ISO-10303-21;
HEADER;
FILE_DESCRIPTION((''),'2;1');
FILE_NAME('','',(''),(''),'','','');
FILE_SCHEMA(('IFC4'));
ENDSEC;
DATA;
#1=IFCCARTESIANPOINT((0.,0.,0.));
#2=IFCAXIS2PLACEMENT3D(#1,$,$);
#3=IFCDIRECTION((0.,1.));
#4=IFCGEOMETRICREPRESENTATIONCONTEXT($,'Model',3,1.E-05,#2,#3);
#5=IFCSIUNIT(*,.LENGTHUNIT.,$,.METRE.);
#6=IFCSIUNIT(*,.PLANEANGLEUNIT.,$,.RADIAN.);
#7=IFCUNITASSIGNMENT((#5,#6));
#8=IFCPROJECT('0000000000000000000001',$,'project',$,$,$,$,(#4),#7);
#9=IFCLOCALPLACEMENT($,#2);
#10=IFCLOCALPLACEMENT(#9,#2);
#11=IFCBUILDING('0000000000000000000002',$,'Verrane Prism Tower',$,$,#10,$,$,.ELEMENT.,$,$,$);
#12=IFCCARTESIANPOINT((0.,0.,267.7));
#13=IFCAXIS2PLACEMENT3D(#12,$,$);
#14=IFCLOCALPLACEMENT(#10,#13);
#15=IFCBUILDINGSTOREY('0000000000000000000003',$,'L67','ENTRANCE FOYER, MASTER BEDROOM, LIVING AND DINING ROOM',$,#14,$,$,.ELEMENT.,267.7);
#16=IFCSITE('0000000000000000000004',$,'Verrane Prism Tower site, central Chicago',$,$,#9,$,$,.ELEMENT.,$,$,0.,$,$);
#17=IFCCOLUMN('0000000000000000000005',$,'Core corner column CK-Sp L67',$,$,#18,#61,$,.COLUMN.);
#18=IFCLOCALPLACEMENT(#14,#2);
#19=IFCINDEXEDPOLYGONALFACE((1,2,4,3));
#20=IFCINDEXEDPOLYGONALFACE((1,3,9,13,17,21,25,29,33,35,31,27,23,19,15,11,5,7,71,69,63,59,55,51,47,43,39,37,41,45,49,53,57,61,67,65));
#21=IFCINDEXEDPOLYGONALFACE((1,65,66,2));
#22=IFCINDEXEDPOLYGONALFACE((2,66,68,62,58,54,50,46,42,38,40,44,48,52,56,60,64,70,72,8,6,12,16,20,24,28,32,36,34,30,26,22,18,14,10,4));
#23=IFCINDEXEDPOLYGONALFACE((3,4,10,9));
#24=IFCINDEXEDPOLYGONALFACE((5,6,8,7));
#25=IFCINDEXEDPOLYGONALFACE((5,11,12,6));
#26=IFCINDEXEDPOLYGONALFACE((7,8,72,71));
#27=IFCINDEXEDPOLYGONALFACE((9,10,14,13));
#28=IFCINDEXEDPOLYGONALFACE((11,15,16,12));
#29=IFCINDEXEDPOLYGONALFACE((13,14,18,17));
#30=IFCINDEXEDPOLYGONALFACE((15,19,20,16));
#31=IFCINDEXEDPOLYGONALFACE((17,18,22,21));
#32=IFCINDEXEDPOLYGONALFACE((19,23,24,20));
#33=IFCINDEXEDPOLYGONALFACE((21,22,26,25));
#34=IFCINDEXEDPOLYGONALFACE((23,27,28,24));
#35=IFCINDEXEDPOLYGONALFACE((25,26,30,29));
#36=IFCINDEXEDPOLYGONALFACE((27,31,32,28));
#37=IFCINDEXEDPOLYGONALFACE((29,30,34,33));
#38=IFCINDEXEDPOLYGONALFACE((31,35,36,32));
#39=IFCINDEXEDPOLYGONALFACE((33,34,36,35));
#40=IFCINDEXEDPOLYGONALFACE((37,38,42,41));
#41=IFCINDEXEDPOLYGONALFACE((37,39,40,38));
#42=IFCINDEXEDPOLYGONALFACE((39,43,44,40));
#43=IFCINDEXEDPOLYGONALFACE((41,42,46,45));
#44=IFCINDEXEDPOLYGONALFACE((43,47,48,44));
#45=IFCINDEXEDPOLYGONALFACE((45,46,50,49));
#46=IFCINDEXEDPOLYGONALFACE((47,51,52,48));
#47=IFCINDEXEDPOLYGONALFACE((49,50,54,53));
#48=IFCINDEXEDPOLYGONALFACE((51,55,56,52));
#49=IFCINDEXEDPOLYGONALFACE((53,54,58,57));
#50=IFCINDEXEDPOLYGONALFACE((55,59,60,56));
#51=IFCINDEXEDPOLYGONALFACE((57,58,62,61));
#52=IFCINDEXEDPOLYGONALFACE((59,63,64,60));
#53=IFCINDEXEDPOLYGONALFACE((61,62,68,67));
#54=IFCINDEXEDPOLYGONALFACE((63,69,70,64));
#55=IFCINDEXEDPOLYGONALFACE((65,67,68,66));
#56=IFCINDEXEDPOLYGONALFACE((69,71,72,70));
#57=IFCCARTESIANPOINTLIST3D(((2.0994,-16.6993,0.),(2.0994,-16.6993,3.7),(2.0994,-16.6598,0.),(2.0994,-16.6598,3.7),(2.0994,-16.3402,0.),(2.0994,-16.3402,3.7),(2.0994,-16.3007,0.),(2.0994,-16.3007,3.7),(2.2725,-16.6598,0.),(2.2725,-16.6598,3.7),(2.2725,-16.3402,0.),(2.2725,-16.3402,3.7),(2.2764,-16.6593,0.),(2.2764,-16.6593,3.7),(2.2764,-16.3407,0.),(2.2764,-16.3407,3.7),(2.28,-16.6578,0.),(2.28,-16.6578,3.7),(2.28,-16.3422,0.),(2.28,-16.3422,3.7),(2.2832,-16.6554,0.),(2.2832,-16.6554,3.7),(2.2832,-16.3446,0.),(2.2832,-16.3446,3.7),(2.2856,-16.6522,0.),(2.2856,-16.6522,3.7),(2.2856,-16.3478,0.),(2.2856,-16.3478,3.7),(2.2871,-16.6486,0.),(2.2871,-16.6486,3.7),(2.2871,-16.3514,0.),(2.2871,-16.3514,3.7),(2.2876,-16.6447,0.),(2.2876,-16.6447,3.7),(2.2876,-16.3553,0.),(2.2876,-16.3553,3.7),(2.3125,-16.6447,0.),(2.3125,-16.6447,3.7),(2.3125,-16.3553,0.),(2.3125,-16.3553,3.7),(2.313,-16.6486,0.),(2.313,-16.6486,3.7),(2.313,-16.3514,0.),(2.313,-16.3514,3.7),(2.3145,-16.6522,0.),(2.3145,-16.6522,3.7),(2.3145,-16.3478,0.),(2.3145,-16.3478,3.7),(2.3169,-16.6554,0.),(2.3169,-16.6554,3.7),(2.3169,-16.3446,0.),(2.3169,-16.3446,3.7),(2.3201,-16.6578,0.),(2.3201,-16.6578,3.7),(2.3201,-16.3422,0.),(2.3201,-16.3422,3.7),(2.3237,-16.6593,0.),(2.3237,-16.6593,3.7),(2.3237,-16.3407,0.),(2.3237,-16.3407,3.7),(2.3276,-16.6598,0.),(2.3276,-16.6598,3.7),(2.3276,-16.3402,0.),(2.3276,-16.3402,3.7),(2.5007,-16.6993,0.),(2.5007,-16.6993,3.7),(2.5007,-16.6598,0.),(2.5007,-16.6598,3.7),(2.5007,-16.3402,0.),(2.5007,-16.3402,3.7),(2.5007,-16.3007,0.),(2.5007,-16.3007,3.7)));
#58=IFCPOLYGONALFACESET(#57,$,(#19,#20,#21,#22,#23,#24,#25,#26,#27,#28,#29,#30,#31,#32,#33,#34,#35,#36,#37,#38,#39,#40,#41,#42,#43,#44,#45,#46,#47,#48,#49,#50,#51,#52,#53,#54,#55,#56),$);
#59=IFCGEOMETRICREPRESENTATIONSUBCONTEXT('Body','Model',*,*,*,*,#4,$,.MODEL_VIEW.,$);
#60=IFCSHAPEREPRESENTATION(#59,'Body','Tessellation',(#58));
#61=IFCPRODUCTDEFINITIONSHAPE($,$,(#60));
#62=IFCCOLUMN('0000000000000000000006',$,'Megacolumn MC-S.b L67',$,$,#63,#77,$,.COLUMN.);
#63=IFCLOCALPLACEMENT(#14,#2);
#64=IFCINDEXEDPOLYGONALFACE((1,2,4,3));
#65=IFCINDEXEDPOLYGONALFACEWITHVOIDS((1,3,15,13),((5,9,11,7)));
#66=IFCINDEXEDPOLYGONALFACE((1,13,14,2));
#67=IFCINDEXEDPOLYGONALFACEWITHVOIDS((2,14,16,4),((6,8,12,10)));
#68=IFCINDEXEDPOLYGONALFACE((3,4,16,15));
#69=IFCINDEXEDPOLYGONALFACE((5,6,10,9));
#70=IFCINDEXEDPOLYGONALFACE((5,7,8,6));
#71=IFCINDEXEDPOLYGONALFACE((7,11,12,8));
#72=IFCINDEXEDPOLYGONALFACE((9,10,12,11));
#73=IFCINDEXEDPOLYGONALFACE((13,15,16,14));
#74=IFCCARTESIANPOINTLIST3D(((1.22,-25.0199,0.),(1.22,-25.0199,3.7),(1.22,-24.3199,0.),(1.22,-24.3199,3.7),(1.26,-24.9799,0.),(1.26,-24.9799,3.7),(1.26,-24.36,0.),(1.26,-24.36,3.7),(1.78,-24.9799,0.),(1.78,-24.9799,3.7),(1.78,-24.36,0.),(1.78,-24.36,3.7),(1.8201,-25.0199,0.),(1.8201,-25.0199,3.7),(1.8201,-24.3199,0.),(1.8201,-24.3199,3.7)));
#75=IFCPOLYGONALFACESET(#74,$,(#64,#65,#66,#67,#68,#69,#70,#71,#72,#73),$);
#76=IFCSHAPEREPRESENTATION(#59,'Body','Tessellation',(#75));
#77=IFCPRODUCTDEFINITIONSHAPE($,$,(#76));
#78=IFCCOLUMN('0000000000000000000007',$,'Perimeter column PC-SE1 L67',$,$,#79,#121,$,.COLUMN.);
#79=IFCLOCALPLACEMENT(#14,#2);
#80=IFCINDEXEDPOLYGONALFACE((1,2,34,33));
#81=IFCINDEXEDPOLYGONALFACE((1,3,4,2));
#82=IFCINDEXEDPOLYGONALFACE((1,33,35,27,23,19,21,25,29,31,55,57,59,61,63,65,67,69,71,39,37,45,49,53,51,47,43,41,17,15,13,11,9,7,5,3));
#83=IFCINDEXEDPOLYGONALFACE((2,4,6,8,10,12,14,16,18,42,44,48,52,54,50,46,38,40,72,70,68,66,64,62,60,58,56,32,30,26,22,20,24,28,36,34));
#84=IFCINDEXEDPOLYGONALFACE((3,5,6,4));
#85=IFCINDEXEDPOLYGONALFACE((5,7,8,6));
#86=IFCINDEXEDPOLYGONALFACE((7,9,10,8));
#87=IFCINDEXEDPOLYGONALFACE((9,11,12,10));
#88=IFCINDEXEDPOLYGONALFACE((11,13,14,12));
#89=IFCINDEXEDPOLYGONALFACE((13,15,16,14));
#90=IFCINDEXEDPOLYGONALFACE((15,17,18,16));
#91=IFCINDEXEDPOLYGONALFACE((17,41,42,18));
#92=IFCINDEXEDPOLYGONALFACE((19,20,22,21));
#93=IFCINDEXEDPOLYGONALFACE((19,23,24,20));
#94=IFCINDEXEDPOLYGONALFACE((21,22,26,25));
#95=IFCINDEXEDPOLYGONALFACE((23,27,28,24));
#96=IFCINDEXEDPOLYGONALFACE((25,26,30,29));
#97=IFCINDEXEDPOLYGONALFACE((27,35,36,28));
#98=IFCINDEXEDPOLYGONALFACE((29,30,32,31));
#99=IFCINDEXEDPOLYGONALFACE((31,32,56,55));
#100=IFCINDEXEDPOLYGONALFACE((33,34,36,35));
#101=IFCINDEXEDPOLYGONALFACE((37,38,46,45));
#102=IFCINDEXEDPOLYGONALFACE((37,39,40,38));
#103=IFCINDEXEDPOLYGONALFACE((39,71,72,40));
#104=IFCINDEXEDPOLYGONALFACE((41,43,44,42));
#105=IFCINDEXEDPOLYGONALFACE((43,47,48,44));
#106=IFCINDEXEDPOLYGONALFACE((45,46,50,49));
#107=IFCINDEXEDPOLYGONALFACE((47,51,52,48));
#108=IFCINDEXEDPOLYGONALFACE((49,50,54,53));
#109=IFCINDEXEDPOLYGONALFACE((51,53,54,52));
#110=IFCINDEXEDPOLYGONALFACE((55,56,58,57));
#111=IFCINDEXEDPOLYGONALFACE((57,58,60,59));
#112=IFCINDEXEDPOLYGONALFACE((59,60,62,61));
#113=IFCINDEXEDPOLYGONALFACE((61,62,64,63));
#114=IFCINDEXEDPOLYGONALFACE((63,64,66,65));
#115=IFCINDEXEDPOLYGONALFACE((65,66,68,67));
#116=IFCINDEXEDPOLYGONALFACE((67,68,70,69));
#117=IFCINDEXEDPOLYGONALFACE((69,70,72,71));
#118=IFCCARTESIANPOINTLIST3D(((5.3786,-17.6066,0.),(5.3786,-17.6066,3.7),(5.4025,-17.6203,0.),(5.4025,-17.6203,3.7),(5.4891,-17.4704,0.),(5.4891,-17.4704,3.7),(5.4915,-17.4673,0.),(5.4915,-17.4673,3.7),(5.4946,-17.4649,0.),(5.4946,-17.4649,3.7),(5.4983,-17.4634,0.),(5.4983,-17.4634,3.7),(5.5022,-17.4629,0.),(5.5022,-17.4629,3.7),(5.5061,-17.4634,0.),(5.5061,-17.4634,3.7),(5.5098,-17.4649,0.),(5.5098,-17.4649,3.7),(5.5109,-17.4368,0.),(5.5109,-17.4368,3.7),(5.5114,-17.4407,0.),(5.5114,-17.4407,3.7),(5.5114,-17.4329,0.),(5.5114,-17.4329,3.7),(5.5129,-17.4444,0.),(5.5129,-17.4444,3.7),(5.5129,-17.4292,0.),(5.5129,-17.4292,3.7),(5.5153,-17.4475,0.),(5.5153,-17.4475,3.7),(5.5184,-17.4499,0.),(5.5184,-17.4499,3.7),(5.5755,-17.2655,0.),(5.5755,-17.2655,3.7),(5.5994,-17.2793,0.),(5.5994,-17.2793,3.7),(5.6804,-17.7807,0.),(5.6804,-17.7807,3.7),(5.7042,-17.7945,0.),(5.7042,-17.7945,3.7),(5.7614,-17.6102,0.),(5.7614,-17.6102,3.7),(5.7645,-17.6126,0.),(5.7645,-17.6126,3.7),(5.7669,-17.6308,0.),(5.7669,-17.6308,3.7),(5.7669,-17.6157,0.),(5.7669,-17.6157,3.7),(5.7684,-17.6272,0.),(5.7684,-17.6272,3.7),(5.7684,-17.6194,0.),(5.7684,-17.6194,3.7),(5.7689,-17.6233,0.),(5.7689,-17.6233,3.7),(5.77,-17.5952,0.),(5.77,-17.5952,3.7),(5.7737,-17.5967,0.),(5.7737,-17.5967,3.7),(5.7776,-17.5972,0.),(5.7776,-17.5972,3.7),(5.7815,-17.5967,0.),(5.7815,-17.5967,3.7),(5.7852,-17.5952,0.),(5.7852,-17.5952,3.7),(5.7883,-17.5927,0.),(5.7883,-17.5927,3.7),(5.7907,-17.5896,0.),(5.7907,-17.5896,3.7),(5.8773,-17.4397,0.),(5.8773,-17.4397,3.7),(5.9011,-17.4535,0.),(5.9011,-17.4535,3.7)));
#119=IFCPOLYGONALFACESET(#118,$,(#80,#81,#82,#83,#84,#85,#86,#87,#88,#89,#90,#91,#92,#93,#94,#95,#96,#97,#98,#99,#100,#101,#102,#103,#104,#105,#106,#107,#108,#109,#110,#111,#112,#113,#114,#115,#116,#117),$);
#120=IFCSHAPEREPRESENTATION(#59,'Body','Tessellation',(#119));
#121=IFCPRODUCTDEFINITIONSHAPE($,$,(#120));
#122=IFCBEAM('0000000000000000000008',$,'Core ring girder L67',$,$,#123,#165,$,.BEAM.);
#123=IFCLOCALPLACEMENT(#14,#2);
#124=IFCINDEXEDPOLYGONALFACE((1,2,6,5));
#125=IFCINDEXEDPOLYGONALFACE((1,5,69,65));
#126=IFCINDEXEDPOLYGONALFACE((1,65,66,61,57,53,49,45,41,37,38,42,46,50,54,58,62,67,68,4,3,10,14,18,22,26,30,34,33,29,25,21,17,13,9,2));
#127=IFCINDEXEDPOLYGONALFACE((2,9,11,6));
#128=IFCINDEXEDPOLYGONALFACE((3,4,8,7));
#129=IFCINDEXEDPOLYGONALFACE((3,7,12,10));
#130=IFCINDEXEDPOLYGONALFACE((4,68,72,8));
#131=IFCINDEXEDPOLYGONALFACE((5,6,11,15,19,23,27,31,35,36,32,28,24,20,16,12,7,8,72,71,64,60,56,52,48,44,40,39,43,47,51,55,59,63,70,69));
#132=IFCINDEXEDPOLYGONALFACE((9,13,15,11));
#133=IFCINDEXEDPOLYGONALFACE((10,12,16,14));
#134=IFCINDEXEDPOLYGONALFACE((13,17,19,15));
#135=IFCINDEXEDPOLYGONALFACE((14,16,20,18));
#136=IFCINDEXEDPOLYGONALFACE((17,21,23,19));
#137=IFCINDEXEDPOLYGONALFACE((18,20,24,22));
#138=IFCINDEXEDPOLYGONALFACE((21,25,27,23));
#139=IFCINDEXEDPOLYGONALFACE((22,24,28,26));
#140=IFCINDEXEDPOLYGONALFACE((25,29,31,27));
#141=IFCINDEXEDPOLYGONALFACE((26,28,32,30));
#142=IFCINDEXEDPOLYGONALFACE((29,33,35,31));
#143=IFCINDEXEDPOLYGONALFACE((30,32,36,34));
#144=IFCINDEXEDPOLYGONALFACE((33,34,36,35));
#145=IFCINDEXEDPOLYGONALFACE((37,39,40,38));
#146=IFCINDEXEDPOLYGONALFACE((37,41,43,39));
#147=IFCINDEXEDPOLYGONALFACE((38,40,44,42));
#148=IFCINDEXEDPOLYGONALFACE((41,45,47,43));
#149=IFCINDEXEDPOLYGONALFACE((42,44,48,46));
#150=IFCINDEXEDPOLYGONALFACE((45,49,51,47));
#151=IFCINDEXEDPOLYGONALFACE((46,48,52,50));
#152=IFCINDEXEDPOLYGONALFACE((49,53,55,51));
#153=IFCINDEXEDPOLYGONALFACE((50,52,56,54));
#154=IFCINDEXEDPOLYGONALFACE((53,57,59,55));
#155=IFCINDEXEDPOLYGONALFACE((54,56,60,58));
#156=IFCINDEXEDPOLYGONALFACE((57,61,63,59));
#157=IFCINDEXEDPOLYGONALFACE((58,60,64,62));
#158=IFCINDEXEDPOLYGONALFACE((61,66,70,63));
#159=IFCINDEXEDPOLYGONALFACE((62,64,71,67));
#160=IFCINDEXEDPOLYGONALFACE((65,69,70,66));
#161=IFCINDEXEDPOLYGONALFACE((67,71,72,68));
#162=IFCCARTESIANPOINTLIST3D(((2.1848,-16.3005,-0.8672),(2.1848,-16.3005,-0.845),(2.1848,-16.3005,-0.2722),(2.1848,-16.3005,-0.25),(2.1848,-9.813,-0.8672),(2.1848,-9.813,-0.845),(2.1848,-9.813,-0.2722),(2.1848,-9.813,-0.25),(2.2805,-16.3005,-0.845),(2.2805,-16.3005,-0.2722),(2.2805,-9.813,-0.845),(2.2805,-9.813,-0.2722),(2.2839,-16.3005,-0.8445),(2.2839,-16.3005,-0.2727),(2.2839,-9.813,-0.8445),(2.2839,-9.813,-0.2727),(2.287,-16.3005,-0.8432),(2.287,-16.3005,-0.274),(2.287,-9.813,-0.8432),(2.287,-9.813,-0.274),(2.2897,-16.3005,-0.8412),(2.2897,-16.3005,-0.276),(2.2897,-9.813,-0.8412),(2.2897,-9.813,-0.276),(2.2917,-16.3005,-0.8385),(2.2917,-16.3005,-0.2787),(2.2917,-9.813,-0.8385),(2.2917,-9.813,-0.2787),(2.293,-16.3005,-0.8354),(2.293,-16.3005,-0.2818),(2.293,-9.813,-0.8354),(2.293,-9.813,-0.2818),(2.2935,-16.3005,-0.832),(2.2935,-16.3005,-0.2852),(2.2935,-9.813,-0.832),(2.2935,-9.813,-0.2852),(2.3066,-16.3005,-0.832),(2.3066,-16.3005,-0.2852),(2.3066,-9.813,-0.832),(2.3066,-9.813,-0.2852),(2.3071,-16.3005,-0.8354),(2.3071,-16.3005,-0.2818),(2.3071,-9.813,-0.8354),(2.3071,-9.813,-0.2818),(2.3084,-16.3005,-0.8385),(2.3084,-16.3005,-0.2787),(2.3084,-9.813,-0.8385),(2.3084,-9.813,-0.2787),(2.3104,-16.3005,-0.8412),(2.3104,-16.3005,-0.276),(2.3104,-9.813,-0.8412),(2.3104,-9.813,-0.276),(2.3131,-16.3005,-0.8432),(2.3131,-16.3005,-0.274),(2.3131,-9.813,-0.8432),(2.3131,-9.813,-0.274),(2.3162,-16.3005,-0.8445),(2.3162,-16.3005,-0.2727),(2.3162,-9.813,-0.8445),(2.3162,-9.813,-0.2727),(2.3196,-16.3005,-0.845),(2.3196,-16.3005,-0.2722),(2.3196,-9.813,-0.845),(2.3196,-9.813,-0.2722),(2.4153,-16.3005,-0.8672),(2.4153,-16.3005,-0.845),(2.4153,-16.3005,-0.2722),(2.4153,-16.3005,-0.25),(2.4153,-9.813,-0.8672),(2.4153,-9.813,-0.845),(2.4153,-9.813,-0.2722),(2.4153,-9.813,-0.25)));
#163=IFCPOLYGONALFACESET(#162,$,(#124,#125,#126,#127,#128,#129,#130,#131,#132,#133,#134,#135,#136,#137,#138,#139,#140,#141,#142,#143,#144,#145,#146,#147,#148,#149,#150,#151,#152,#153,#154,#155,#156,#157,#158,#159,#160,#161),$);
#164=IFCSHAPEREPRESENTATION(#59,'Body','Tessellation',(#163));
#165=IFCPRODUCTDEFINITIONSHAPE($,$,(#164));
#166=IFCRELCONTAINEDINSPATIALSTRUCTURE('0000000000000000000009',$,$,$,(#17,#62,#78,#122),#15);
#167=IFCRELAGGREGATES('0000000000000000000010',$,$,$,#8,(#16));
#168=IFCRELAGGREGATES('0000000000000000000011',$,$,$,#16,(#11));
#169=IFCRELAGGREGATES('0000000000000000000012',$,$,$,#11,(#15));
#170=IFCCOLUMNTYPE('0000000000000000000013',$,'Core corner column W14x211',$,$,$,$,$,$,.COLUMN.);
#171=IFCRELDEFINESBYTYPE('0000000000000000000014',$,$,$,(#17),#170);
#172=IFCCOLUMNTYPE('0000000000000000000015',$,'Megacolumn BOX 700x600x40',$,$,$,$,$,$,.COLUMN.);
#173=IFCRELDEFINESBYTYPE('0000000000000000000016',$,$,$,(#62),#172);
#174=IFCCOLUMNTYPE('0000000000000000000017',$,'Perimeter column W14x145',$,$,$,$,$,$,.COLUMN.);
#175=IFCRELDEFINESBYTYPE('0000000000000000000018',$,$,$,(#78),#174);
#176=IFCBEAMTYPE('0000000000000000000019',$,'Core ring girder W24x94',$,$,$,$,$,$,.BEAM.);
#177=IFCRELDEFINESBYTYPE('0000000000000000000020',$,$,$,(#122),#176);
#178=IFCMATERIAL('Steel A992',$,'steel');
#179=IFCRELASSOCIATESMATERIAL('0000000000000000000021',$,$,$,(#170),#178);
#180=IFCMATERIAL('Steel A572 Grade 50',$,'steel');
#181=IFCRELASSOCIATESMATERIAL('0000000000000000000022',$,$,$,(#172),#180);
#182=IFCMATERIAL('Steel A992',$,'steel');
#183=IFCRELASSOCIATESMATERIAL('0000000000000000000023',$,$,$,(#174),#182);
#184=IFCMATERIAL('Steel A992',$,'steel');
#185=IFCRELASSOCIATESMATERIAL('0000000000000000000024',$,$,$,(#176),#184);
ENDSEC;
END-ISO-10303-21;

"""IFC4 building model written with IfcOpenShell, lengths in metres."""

from ifc_helpers import new_model, si_unit, direction, frame, origin, origin_2d, place, context, subcontext, project, spatial, hollow_rectangle, i_section, extrude, material, material_profile, profile_set, type_object, element, save


model = new_model("IFC4")

# Units and contexts
model_context = context("Model", 3, precision=1e-05, world=origin(), true_north=direction((0.0, 1.0)))
body_context = subcontext(model_context, "Body", "Model", "MODEL_VIEW")
ifc_project = project(units=[si_unit("LENGTHUNIT", "METRE"), si_unit("PLANEANGLEUNIT", "RADIAN")], contexts=[model_context])

# Site, building, storey
site_placement = place(None, origin())
site = spatial("IfcSite", under=ifc_project, at=site_placement, Name="Verrane Prism Tower site, central Chicago", CompositionType="ELEMENT", RefElevation=0.0)
building_placement = place(site_placement, origin())
building = spatial("IfcBuilding", under=site, at=building_placement, Name="Verrane Prism Tower", CompositionType="ELEMENT")
storey_placement = place(building_placement, frame((0.0, 0.0, 267.7)))
storey = spatial("IfcBuildingStorey", under=building, at=storey_placement, Name="L67", Description="ENTRANCE FOYER, MASTER BEDROOM, LIVING AND DINING ROOM", CompositionType="ELEMENT", Elevation=267.7)

# Columns
ifc_material_1 = material(Name="Steel A992", Category="steel")
ifc_material_profile_1 = material_profile(ifc_material_1, i_section(OverallWidth=0.4014, OverallDepth=0.3987, WebThickness=0.0249, FlangeThickness=0.0396, FilletRadius=0.0151, at=origin_2d()), Name="W14x211")
ifc_profile_set_1 = profile_set([ifc_material_profile_1], Name="Steel A992")
column_type_1 = type_object("IfcColumnType", Name="Core corner column W14x211", PredefinedType="COLUMN", material=ifc_profile_set_1)
column_1_placement = place(storey_placement, frame((2.3, -16.5, 0.0), z_axis=(0.0, 0.0, 1.0), x_axis=(-1.0, 0.0, 0.0)))
element("IfcColumn", 1, at=column_1_placement, inside=storey, type_object=column_type_1, Name="Core corner column CK-Sp L67", PredefinedType="COLUMN", context=body_context, shape_type="SweptSolid", body=[
    extrude(i_section(OverallWidth=0.4014, OverallDepth=0.3987, WebThickness=0.0249, FlangeThickness=0.0396, FilletRadius=0.0151, at=origin_2d()), origin(), (0.0, 0.0, 1.0), 3.7),
])
ifc_material_2 = material(Name="Steel A572 Grade 50", Category="steel")
ifc_material_profile_2 = material_profile(ifc_material_2, hollow_rectangle(XDim=0.6001, YDim=0.7, WallThickness=0.04, at=origin_2d()), Name="BOX 700x600x40")
ifc_profile_set_2 = profile_set([ifc_material_profile_2], Name="Steel A572 Grade 50")
column_type_2 = type_object("IfcColumnType", Name="Megacolumn BOX 700x600x40", PredefinedType="COLUMN", material=ifc_profile_set_2)
column_2_placement = place(storey_placement, frame((1.52, -24.6699, 0.0), z_axis=(0.0, 0.0, 1.0), x_axis=(-1.0, 0.0, 0.0)))
element("IfcColumn", 2, at=column_2_placement, inside=storey, type_object=column_type_2, Name="Megacolumn MC-S.b L67", PredefinedType="COLUMN", context=body_context, shape_type="SweptSolid", body=[
    extrude(hollow_rectangle(XDim=0.6001, YDim=0.7, WallThickness=0.04, at=origin_2d()), origin(), (0.0, 0.0, 1.0), 3.7),
])
ifc_material_3 = material(Name="Steel A992", Category="steel")
ifc_material_profile_3 = material_profile(ifc_material_3, i_section(OverallWidth=0.3938, OverallDepth=0.376, WebThickness=0.0173, FlangeThickness=0.0276, FilletRadius=0.0151, at=origin_2d()), Name="W14x145")
ifc_profile_set_3 = profile_set([ifc_material_profile_3], Name="Steel A992")
column_type_3 = type_object("IfcColumnType", Name="Perimeter column W14x145", PredefinedType="COLUMN", material=ifc_profile_set_3)
column_3_placement = place(storey_placement, frame((5.6399, -17.53, 0.0), z_axis=(0.0, 0.0, 1.0), x_axis=(-0.5, -0.866025, 0.0)))
element("IfcColumn", 3, at=column_3_placement, inside=storey, type_object=column_type_3, Name="Perimeter column PC-SE1 L67", PredefinedType="COLUMN", context=body_context, shape_type="SweptSolid", body=[
    extrude(i_section(OverallWidth=0.3938, OverallDepth=0.376, WebThickness=0.0173, FlangeThickness=0.0276, FilletRadius=0.0151, at=origin_2d()), origin(), (0.0, 0.0, 1.0), 3.7),
])

# Beam
ifc_material_4 = material(Name="Steel A992", Category="steel")
ifc_material_profile_4 = material_profile(ifc_material_4, i_section(OverallWidth=0.2305, OverallDepth=0.6172, WebThickness=0.0132, FlangeThickness=0.0222, FilletRadius=0.0129, at=origin_2d()), Name="W24x94")
ifc_profile_set_4 = profile_set([ifc_material_profile_4], Name="Steel A992")
beam_type_1 = type_object("IfcBeamType", Name="Core ring girder W24x94", PredefinedType="BEAM", material=ifc_profile_set_4)
beam_1_placement = place(storey_placement, frame((2.3, -16.3005, -0.5586), z_axis=(0.0, 1.0, 0.0), x_axis=(-1.0, 0.0, 0.0)))
element("IfcBeam", 4, at=beam_1_placement, inside=storey, type_object=beam_type_1, Name="Core ring girder L67", PredefinedType="BEAM", context=body_context, shape_type="SweptSolid", body=[
    extrude(i_section(OverallWidth=0.2305, OverallDepth=0.6172, WebThickness=0.0132, FlangeThickness=0.0222, FilletRadius=0.0129, at=origin_2d()), origin(), (0.0, 0.0, 1.0), 6.4875),
])

save(model, "model.ifc")
